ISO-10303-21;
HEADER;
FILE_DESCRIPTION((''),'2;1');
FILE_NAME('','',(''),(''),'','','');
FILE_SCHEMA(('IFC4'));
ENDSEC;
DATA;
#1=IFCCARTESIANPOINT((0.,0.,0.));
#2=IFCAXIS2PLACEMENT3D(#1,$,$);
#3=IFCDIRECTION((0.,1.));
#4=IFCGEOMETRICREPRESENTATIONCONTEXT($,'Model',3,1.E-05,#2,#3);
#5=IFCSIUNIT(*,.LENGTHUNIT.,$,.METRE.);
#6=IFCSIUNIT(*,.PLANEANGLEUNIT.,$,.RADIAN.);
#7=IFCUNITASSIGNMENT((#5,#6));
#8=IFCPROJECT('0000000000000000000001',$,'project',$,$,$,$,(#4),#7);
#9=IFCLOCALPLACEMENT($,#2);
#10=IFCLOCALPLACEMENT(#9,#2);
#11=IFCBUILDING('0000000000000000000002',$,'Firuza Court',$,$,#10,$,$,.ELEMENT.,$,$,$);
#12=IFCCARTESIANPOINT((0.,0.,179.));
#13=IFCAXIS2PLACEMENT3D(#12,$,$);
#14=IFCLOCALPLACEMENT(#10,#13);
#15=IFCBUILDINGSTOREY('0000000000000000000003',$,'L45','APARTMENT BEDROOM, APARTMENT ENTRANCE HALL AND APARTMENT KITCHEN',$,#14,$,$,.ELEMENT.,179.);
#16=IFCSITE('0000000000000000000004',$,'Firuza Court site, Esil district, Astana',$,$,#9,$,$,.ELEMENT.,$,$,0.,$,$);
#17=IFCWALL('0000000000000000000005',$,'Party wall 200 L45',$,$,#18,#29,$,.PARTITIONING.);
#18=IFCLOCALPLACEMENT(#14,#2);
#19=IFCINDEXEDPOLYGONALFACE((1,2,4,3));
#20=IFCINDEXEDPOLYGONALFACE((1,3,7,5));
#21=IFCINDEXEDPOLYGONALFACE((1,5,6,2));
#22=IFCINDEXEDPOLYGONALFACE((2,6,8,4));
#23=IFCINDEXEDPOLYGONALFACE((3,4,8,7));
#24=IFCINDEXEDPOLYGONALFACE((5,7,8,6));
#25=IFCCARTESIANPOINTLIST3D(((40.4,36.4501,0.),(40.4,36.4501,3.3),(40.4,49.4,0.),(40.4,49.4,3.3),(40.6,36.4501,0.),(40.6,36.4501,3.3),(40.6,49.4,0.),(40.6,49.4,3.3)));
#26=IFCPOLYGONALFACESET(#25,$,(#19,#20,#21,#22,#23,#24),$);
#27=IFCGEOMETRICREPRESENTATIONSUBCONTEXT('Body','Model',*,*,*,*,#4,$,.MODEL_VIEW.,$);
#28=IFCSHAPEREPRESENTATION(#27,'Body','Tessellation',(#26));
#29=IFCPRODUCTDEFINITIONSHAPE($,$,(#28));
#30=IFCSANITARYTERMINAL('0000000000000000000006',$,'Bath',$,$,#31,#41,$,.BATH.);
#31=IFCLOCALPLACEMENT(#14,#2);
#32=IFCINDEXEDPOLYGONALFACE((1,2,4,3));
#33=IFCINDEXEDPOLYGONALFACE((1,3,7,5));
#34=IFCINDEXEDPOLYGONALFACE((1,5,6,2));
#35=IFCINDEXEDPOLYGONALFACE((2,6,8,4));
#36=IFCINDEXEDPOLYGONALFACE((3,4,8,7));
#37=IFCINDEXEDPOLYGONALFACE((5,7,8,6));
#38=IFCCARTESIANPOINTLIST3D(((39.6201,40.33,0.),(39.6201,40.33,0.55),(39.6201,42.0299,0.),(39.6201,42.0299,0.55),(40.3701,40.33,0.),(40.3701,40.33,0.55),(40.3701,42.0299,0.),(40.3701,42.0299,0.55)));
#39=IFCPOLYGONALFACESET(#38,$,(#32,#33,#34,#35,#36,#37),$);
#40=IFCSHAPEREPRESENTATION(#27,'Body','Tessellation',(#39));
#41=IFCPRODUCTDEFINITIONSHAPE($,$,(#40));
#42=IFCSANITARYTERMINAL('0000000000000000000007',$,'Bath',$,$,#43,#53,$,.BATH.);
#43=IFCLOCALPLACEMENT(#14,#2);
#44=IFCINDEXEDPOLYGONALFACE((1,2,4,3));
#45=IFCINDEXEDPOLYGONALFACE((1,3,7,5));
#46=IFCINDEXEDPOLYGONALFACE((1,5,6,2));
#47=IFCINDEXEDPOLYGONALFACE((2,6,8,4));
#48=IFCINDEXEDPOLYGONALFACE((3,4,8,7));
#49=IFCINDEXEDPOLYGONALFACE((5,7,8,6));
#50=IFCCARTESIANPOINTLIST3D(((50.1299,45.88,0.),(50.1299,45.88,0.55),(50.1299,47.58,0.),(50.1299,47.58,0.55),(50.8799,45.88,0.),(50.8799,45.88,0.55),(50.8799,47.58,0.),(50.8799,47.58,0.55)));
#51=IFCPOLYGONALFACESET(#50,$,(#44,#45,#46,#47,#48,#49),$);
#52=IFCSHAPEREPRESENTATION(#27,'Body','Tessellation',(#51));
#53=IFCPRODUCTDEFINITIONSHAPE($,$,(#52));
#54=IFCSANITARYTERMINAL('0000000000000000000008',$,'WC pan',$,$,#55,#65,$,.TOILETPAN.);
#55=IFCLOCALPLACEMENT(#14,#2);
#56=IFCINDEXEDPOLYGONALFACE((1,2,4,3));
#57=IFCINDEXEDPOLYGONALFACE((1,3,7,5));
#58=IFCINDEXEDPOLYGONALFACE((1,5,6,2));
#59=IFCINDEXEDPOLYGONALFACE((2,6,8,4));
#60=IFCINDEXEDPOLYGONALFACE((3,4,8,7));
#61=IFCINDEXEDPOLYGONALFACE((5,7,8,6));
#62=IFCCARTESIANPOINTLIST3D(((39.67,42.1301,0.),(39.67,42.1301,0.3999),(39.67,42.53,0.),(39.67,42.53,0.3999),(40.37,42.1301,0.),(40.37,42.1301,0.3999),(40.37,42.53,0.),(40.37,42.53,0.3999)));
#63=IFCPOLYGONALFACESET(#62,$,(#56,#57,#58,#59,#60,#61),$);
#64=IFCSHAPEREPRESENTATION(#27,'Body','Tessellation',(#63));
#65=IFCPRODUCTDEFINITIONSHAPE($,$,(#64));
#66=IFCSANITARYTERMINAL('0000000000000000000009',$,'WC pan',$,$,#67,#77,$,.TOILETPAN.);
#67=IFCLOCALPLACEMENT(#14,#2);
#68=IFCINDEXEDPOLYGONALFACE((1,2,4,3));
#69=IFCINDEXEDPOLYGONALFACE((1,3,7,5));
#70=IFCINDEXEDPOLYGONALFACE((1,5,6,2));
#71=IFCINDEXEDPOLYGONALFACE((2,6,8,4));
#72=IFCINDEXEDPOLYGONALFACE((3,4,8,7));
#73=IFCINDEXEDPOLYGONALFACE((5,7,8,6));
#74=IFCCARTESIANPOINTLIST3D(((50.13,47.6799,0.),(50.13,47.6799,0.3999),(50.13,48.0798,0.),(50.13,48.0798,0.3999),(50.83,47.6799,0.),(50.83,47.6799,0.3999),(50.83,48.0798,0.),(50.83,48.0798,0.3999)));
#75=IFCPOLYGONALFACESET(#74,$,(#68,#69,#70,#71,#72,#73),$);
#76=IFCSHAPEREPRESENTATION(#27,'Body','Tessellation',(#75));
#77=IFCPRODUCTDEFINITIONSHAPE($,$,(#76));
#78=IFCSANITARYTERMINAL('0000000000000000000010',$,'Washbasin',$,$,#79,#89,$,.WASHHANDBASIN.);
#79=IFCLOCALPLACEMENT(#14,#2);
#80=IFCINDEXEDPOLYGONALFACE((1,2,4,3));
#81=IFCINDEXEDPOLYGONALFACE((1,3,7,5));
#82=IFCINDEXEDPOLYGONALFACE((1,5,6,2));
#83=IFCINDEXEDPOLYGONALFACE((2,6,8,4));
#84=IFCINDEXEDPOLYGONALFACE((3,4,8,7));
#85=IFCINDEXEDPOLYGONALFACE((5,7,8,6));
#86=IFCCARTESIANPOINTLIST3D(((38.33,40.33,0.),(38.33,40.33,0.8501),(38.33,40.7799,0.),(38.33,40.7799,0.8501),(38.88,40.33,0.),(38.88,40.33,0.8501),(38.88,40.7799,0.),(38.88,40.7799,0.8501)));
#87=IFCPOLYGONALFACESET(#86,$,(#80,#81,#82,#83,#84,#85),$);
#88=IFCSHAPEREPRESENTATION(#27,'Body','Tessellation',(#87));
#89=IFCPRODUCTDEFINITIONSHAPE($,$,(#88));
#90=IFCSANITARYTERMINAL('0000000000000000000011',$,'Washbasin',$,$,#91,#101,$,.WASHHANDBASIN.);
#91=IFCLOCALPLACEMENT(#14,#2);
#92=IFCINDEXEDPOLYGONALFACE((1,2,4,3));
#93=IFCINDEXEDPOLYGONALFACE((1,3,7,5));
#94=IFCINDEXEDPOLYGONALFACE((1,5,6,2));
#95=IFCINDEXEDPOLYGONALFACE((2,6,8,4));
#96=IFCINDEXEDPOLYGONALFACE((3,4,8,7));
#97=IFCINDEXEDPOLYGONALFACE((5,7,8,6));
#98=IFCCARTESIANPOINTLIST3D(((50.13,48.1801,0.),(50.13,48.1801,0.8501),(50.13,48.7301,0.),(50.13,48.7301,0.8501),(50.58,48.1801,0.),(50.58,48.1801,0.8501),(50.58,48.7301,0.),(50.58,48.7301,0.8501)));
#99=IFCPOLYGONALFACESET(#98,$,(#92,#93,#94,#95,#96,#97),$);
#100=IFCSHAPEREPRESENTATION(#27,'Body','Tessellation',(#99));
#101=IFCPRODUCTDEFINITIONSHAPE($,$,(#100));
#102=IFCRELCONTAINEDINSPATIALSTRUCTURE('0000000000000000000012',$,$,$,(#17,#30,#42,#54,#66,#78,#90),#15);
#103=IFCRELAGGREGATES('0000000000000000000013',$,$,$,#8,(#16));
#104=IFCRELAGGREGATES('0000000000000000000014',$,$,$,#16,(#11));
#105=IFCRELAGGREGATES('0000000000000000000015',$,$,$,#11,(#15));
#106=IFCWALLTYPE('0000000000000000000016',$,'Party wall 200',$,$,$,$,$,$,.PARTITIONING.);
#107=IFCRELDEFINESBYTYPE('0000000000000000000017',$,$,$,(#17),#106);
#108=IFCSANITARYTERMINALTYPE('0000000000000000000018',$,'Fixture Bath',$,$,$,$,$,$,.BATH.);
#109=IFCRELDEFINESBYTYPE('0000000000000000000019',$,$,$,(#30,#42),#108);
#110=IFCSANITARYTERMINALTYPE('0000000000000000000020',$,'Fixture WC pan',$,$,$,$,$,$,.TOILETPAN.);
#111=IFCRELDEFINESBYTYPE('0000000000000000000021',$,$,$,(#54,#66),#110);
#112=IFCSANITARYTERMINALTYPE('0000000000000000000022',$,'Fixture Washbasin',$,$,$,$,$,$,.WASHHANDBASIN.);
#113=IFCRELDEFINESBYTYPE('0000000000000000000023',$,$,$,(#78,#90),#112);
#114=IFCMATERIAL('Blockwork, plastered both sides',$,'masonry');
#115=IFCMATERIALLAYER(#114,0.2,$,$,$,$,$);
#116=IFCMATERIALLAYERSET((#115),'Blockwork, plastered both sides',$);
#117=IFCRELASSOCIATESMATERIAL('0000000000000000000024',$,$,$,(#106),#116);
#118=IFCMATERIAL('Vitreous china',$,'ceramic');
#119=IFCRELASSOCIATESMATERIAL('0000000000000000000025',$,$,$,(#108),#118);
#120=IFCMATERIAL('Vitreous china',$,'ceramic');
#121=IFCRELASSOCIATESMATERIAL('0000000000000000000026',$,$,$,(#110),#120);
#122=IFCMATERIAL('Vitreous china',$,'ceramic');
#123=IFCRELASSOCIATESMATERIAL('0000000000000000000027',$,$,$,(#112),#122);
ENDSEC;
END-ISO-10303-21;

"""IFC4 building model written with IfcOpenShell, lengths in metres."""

from ifc_helpers import new_model, si_unit, direction, frame, frame_2d, origin, origin_2d, place, context, subcontext, project, spatial, rectangle, extrude, material, layer, layer_set, type_object, element, save


model = new_model("IFC4")

# Units and contexts
model_context = context("Model", 3, precision=1e-05, world=origin(), true_north=direction((0.0, 1.0)))
body_context = subcontext(model_context, "Body", "Model", "MODEL_VIEW")
ifc_project = project(units=[si_unit("LENGTHUNIT", "METRE"), si_unit("PLANEANGLEUNIT", "RADIAN")], contexts=[model_context])

# Site, building, storey
site_placement = place(None, origin())
site = spatial("IfcSite", under=ifc_project, at=site_placement, Name="Firuza Court site, Esil district, Astana", CompositionType="ELEMENT", RefElevation=0.0)
building_placement = place(site_placement, origin())
building = spatial("IfcBuilding", under=site, at=building_placement, Name="Firuza Court", CompositionType="ELEMENT")
storey_placement = place(building_placement, frame((0.0, 0.0, 179.0)))
storey = spatial("IfcBuildingStorey", under=building, at=storey_placement, Name="L45", Description="APARTMENT BEDROOM, APARTMENT ENTRANCE HALL AND APARTMENT KITCHEN", CompositionType="ELEMENT", Elevation=179.0)

# Wall
ifc_material_1 = material(Name="Blockwork, plastered both sides", Category="masonry")
ifc_layer_1 = layer(ifc_material_1, 0.2)
ifc_layer_set_1 = layer_set([ifc_layer_1], Name="Blockwork, plastered both sides")
wall_type_1 = type_object("IfcWallType", Name="Party wall 200", PredefinedType="PARTITIONING", material=ifc_layer_set_1)
wall_1_placement = place(storey_placement, frame((40.5, 36.45, 0.0), z_axis=(0.0, 0.0, 1.0), x_axis=(0.0, 1.0, 0.0)))
element("IfcWall", 1, at=wall_1_placement, inside=storey, type_object=wall_type_1, Name="Party wall 200 L45", PredefinedType="PARTITIONING", context=body_context, shape_type="SweptSolid", body=[
    extrude(rectangle(XDim=12.95, YDim=0.2, at=frame_2d((6.4751, 0.0))), origin(), (0.0, 0.0, 1.0), 3.3),
])

# Sanitary terminals
ifc_material_2 = material(Name="Vitreous china", Category="ceramic")
sanitary_terminal_type_1 = type_object("IfcSanitaryTerminalType", Name="Fixture Bath", PredefinedType="BATH", material=ifc_material_2)
for number, where, z_axis, x_axis, name in (
    (2, (39.9951, 41.1799, 0.0), (0.0, 0.0, 1.0), (1.0, 0.0, 0.0), "Bath"),
    (3, (50.5049, 46.73, 0.0), (0.0, 0.0, 1.0), (1.0, 0.0, 0.0), "Bath"),
):
    element("IfcSanitaryTerminal", number, at=place(storey_placement, frame(where, z_axis=z_axis, x_axis=x_axis)), inside=storey, type_object=sanitary_terminal_type_1, Name=name, PredefinedType="BATH", context=body_context, shape_type="SweptSolid", body=[
        extrude(rectangle(XDim=0.75, YDim=1.7, at=origin_2d()), origin(), (0.0, 0.0, 1.0), 0.55),
    ])
ifc_material_3 = material(Name="Vitreous china", Category="ceramic")
sanitary_terminal_type_2 = type_object("IfcSanitaryTerminalType", Name="Fixture WC pan", PredefinedType="TOILETPAN", material=ifc_material_3)
for number, where, z_axis, x_axis, name in (
    (4, (40.02, 42.3301, 0.0), (0.0, 0.0, 1.0), (1.0, 0.0, 0.0), "WC pan"),
    (5, (50.48, 47.8799, 0.0), (0.0, 0.0, 1.0), (1.0, 0.0, 0.0), "WC pan"),
):
    element("IfcSanitaryTerminal", number, at=place(storey_placement, frame(where, z_axis=z_axis, x_axis=x_axis)), inside=storey, type_object=sanitary_terminal_type_2, Name=name, PredefinedType="TOILETPAN", context=body_context, shape_type="SweptSolid", body=[
        extrude(rectangle(XDim=0.7, YDim=0.3999, at=origin_2d()), origin(), (0.0, 0.0, 1.0), 0.3999),
    ])
ifc_material_4 = material(Name="Vitreous china", Category="ceramic")
sanitary_terminal_type_3 = type_object("IfcSanitaryTerminalType", Name="Fixture Washbasin", PredefinedType="WASHHANDBASIN", material=ifc_material_4)
sanitary_terminal_1_placement = place(storey_placement, frame((38.605, 40.5549, 0.0), z_axis=(0.0, 0.0, 1.0), x_axis=(1.0, 0.0, 0.0)))
element("IfcSanitaryTerminal", 6, at=sanitary_terminal_1_placement, inside=storey, type_object=sanitary_terminal_type_3, Name="Washbasin", PredefinedType="WASHHANDBASIN", context=body_context, shape_type="SweptSolid", body=[
    extrude(rectangle(XDim=0.55, YDim=0.45, at=origin_2d()), origin(), (0.0, 0.0, 1.0), 0.8501),
])
sanitary_terminal_2_placement = place(storey_placement, frame((50.355, 48.4551, 0.0), z_axis=(0.0, 0.0, 1.0), x_axis=(1.0, 0.0, 0.0)))
element("IfcSanitaryTerminal", 7, at=sanitary_terminal_2_placement, inside=storey, type_object=sanitary_terminal_type_3, Name="Washbasin", PredefinedType="WASHHANDBASIN", context=body_context, shape_type="SweptSolid", body=[
    extrude(rectangle(XDim=0.45, YDim=0.55, at=origin_2d()), origin(), (0.0, 0.0, 1.0), 0.8501),
])

save(model, "model.ifc")
